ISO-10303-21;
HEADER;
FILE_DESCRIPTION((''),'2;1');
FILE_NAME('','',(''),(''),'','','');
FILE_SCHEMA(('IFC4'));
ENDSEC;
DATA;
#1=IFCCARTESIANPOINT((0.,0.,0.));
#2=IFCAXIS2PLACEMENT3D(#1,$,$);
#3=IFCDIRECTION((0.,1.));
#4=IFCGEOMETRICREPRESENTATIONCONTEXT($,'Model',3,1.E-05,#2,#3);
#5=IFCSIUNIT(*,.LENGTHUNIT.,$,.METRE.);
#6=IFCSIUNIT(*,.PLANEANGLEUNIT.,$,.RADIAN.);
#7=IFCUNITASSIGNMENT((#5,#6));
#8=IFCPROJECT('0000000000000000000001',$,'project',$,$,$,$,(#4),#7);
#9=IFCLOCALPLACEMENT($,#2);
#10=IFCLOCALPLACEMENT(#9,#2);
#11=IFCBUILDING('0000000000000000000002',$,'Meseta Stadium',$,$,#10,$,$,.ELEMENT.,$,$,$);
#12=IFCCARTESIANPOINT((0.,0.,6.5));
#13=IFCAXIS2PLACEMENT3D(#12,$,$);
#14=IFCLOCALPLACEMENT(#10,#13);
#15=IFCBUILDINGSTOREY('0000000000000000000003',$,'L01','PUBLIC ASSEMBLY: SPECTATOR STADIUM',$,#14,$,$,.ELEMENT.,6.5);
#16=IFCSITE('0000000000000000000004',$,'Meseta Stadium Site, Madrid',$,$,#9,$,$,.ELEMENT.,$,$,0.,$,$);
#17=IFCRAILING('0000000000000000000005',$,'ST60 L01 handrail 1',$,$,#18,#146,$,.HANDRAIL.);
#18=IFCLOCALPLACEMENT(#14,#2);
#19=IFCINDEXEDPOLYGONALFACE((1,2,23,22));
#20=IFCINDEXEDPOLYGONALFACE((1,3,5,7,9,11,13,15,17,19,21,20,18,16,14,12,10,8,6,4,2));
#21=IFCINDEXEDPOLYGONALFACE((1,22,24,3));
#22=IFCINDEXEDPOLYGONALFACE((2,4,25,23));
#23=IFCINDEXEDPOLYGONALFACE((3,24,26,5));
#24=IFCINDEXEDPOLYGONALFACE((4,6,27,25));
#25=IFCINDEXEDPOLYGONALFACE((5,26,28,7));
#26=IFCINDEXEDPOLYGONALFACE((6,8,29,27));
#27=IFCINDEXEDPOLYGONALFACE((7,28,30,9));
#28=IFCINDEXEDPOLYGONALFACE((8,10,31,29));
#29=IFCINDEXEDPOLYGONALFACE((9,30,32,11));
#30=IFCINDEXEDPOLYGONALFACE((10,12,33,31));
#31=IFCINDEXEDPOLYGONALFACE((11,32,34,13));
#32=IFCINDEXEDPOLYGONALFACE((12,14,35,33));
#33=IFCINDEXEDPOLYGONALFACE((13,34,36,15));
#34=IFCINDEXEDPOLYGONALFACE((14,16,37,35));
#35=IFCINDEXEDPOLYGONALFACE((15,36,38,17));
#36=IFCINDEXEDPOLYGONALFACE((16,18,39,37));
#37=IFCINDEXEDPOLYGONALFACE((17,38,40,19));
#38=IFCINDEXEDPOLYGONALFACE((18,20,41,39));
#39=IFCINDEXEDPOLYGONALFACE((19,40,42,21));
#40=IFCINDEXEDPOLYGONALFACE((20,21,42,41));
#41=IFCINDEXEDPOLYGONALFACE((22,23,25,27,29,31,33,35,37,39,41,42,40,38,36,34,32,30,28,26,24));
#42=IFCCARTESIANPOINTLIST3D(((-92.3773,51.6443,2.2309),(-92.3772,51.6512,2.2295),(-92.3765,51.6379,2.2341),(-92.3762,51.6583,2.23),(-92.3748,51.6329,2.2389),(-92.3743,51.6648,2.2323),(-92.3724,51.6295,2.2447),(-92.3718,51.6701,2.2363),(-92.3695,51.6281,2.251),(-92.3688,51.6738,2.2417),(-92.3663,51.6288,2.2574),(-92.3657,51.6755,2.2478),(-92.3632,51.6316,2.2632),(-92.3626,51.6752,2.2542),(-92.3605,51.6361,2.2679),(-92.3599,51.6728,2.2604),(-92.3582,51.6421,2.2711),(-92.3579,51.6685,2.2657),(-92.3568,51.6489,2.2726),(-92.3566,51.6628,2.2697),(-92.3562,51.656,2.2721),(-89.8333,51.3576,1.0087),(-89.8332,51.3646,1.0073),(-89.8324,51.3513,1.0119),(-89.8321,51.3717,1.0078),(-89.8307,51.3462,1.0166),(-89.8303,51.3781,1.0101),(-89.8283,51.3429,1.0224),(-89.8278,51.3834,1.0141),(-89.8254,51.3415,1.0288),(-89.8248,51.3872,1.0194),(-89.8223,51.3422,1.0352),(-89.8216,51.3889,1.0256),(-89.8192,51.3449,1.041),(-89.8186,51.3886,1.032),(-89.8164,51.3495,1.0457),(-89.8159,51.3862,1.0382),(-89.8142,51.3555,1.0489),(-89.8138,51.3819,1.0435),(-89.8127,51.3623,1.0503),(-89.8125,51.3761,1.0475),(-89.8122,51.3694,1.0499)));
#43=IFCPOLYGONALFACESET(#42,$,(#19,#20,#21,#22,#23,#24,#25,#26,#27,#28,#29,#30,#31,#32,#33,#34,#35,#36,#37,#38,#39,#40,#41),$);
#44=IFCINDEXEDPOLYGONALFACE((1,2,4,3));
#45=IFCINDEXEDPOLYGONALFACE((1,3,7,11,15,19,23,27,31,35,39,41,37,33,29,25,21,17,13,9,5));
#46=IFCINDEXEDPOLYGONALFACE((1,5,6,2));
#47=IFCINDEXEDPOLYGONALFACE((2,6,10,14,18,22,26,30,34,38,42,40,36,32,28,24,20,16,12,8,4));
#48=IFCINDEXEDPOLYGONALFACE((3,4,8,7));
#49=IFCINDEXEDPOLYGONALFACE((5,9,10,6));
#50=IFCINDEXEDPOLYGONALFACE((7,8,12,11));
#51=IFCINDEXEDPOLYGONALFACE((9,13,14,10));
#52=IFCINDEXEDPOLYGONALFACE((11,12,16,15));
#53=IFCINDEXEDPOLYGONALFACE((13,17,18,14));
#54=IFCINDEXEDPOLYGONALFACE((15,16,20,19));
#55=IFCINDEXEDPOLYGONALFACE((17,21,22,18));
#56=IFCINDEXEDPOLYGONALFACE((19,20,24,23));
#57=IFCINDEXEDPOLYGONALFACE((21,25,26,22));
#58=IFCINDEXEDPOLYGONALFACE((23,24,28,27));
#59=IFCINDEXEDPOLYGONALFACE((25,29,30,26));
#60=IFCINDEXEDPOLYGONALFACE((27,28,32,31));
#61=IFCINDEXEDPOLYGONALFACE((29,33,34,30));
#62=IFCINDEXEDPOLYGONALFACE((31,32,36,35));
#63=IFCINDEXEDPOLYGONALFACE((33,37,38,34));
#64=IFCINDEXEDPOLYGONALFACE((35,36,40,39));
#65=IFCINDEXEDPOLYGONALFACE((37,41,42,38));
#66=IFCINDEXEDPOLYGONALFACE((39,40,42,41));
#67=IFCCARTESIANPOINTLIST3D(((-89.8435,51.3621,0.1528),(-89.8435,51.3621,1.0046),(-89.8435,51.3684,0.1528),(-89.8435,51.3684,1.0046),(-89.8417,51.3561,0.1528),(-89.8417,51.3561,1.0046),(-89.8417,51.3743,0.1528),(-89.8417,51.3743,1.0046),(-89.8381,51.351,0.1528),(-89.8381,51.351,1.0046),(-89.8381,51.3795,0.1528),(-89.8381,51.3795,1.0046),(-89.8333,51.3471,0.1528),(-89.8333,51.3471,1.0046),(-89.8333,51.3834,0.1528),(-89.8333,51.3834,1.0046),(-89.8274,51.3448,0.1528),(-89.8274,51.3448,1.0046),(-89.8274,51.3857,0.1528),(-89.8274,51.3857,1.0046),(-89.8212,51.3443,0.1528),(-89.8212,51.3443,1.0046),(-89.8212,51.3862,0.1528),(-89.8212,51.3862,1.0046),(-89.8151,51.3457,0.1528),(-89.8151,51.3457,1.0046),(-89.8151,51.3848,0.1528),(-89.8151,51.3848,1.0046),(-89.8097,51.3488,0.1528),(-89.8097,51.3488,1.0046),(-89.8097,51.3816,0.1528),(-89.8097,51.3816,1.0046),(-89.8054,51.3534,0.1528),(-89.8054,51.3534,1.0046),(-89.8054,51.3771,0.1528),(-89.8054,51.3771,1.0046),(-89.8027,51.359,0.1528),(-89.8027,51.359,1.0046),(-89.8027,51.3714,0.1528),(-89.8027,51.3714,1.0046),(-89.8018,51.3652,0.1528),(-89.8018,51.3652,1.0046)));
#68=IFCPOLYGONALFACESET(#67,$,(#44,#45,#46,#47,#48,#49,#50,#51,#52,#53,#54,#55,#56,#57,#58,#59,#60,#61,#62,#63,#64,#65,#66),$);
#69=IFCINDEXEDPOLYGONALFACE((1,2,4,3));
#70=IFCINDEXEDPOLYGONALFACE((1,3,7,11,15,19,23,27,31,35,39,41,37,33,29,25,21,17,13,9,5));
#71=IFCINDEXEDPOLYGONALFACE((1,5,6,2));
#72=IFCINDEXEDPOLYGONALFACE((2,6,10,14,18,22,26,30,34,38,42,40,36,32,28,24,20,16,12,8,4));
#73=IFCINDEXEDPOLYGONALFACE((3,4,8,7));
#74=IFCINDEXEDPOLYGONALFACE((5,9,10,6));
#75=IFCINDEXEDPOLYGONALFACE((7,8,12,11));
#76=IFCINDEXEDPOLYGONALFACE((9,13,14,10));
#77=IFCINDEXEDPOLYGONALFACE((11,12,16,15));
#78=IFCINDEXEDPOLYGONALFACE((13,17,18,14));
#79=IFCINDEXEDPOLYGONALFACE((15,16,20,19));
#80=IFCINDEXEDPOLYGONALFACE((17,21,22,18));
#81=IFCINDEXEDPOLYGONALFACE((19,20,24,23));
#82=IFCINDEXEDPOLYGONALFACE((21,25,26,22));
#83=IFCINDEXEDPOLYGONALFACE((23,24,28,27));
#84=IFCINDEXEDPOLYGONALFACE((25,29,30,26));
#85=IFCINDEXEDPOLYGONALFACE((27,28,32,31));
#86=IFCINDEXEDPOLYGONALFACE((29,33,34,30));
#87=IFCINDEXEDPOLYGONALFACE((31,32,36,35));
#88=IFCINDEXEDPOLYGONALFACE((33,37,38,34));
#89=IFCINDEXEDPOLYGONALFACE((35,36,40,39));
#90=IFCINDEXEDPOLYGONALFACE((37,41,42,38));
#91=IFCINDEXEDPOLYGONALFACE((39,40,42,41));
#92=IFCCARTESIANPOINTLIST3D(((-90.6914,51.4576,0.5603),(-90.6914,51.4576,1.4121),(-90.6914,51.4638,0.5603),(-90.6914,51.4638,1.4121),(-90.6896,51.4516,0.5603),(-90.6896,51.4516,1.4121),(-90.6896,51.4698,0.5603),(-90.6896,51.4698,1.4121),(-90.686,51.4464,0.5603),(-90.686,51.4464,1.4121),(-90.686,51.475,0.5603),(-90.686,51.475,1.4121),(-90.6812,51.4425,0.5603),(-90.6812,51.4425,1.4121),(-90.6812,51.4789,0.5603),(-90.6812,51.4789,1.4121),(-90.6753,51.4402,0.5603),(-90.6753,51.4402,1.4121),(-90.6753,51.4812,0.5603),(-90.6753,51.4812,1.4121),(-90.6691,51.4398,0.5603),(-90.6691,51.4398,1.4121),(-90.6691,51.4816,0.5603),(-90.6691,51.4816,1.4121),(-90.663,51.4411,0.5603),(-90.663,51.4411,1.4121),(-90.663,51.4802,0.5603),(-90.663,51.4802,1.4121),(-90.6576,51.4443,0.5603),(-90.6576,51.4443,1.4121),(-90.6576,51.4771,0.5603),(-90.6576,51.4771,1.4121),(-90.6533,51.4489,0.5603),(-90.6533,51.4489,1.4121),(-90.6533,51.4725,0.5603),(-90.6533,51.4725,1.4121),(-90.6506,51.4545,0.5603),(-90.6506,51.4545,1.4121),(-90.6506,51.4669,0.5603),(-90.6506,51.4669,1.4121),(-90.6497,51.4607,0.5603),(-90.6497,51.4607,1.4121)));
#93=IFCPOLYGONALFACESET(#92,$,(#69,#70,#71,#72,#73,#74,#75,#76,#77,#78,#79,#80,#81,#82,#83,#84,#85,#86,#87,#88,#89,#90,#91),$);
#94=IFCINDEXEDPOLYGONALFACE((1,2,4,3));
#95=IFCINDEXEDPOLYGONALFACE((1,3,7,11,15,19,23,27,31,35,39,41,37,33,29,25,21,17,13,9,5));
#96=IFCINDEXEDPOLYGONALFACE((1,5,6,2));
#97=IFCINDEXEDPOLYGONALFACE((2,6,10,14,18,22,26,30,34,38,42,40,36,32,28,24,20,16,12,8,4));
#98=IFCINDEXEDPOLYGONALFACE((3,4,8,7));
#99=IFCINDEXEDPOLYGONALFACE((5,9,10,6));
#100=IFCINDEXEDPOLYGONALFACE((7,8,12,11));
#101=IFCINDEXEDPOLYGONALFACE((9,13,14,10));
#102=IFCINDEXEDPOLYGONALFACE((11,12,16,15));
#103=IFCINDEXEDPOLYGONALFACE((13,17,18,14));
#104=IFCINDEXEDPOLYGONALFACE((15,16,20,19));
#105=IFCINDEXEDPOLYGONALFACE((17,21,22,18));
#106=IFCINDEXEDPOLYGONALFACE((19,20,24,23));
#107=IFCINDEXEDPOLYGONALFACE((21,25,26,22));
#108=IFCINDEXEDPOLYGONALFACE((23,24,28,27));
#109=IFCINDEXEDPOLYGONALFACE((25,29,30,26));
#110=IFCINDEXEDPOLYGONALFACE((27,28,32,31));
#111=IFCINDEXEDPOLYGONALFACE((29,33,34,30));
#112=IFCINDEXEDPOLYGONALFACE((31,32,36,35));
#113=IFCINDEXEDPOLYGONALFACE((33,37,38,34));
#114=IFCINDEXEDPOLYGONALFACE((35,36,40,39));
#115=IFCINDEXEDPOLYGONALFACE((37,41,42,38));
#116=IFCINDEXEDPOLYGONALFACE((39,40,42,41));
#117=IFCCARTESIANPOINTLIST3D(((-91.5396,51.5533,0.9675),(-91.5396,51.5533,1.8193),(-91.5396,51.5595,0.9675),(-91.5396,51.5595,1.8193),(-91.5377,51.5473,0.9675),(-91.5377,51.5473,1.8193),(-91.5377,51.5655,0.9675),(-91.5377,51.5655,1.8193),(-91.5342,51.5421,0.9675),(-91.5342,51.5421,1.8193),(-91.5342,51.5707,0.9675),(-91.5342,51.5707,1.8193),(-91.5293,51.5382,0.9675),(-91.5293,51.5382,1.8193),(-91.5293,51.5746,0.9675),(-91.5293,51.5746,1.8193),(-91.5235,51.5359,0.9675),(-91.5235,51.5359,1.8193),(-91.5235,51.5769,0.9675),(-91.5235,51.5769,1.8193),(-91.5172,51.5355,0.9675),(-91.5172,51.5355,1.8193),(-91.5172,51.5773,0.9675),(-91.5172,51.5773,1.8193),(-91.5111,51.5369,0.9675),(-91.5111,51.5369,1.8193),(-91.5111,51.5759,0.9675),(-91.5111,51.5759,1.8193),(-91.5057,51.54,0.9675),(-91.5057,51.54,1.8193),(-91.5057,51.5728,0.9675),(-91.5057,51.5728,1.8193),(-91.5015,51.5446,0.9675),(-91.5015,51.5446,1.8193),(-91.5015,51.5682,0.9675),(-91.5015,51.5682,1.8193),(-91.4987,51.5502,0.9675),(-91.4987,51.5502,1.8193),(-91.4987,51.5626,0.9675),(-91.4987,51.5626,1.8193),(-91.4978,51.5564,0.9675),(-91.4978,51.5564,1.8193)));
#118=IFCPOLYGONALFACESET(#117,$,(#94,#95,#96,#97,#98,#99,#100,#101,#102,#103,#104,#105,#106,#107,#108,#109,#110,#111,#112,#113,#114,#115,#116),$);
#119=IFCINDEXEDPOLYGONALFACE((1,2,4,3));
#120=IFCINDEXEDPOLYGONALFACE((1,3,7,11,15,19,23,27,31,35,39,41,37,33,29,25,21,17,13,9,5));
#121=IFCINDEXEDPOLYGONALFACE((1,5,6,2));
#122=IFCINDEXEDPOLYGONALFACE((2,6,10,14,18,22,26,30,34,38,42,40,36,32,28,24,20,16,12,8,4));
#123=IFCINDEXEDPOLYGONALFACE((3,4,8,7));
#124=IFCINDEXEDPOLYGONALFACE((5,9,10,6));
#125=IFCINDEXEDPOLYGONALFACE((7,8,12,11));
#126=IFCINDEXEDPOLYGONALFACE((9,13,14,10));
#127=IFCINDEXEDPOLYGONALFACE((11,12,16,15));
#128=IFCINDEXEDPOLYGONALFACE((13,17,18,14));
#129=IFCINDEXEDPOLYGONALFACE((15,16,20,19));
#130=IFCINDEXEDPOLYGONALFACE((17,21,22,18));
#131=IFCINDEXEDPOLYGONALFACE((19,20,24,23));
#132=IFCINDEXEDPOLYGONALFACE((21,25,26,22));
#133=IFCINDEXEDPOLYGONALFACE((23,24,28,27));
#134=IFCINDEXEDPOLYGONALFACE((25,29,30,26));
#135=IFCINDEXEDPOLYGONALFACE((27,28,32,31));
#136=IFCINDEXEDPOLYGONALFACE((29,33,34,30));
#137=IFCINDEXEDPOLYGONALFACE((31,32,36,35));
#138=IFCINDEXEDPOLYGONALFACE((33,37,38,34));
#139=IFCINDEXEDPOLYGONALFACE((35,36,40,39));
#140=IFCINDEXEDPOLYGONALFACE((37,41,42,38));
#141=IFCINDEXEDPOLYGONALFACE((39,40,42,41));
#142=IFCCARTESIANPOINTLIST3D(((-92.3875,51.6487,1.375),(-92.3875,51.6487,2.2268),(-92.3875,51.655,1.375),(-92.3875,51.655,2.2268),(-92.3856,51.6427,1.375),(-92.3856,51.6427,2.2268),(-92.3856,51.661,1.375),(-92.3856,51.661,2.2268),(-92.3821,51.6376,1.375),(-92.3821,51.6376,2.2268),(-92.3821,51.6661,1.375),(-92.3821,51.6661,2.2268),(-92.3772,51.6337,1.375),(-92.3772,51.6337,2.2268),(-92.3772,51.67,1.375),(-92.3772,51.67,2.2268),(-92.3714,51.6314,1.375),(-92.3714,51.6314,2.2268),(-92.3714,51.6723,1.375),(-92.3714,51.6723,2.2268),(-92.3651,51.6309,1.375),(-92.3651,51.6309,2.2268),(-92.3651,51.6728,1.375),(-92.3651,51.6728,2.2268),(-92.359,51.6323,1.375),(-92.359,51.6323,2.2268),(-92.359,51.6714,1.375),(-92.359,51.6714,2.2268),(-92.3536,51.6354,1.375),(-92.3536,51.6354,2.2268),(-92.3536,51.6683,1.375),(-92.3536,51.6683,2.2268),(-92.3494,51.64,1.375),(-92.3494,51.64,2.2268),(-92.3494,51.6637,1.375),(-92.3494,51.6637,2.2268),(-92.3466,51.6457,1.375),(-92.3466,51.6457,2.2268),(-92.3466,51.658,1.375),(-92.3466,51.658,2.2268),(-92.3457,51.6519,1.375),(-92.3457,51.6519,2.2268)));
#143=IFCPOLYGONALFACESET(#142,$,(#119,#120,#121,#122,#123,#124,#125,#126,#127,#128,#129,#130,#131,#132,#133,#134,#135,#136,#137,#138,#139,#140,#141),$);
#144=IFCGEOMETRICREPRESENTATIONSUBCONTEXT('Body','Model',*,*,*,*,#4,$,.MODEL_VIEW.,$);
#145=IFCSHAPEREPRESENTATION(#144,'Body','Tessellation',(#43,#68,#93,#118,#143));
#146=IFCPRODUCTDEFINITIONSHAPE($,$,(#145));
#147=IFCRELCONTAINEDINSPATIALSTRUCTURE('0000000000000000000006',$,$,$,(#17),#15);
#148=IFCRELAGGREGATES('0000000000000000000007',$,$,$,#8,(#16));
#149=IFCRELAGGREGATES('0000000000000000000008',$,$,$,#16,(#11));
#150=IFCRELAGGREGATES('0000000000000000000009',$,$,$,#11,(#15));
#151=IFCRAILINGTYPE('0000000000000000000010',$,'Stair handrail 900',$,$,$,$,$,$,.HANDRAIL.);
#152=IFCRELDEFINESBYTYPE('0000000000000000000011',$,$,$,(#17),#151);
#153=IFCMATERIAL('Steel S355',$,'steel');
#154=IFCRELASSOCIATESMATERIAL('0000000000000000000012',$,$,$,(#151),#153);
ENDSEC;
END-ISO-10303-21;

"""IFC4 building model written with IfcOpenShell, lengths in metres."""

from ifc_helpers import new_model, si_unit, direction, frame, origin, origin_2d, place, context, subcontext, project, spatial, circle, extrude, material, type_object, element, save


model = new_model("IFC4")

# Units and contexts
model_context = context("Model", 3, precision=1e-05, world=origin(), true_north=direction((0.0, 1.0)))
body_context = subcontext(model_context, "Body", "Model", "MODEL_VIEW")
ifc_project = project(units=[si_unit("LENGTHUNIT", "METRE"), si_unit("PLANEANGLEUNIT", "RADIAN")], contexts=[model_context])

# Site, building, storey
site_placement = place(None, origin())
site = spatial("IfcSite", under=ifc_project, at=site_placement, Name="Meseta Stadium Site, Madrid", CompositionType="ELEMENT", RefElevation=0.0)
building_placement = place(site_placement, origin())
building = spatial("IfcBuilding", under=site, at=building_placement, Name="Meseta Stadium", CompositionType="ELEMENT")
storey_placement = place(building_placement, frame((0.0, 0.0, 6.5)))
storey = spatial("IfcBuildingStorey", under=building, at=storey_placement, Name="L01", Description="PUBLIC ASSEMBLY: SPECTATOR STADIUM", CompositionType="ELEMENT", Elevation=6.5)

# Railing
ifc_material_1 = material(Name="Steel S355", Category="steel")
railing_type_1 = type_object("IfcRailingType", Name="Stair handrail 900", PredefinedType="HANDRAIL", material=ifc_material_1)
for number, where, name in (
    (1, (-89.8228, 51.3652, 0.1528), "ST60 L01 handrail 1"),
):
    element("IfcRailing", number, at=place(storey_placement, frame(where)), inside=storey, type_object=railing_type_1, Name=name, PredefinedType="HANDRAIL", context=body_context, shape_type="SweptSolid", body=[
        extrude(circle(Radius=0.0239, at=origin_2d()), frame((0.0, 0.0, 0.876), z_axis=(-0.896762, 0.101036, 0.430824), x_axis=(-0.11196, -0.993713, 0.0)), (0.0, 0.0, 1.0), 2.8369),
        extrude(circle(Radius=0.021, at=origin_2d()), origin(), (0.0, 0.0, 1.0), 0.8518),
        extrude(circle(Radius=0.021, at=origin_2d()), frame((-0.8479, 0.0955, 0.4075)), (0.0, 0.0, 1.0), 0.8518),
        extrude(circle(Radius=0.021, at=origin_2d()), frame((-1.696, 0.1912, 0.8147)), (0.0, 0.0, 1.0), 0.8518),
        extrude(circle(Radius=0.021, at=origin_2d()), frame((-2.5439, 0.2866, 1.2222)), (0.0, 0.0, 1.0), 0.8518),
    ])

save(model, "model.ifc")
